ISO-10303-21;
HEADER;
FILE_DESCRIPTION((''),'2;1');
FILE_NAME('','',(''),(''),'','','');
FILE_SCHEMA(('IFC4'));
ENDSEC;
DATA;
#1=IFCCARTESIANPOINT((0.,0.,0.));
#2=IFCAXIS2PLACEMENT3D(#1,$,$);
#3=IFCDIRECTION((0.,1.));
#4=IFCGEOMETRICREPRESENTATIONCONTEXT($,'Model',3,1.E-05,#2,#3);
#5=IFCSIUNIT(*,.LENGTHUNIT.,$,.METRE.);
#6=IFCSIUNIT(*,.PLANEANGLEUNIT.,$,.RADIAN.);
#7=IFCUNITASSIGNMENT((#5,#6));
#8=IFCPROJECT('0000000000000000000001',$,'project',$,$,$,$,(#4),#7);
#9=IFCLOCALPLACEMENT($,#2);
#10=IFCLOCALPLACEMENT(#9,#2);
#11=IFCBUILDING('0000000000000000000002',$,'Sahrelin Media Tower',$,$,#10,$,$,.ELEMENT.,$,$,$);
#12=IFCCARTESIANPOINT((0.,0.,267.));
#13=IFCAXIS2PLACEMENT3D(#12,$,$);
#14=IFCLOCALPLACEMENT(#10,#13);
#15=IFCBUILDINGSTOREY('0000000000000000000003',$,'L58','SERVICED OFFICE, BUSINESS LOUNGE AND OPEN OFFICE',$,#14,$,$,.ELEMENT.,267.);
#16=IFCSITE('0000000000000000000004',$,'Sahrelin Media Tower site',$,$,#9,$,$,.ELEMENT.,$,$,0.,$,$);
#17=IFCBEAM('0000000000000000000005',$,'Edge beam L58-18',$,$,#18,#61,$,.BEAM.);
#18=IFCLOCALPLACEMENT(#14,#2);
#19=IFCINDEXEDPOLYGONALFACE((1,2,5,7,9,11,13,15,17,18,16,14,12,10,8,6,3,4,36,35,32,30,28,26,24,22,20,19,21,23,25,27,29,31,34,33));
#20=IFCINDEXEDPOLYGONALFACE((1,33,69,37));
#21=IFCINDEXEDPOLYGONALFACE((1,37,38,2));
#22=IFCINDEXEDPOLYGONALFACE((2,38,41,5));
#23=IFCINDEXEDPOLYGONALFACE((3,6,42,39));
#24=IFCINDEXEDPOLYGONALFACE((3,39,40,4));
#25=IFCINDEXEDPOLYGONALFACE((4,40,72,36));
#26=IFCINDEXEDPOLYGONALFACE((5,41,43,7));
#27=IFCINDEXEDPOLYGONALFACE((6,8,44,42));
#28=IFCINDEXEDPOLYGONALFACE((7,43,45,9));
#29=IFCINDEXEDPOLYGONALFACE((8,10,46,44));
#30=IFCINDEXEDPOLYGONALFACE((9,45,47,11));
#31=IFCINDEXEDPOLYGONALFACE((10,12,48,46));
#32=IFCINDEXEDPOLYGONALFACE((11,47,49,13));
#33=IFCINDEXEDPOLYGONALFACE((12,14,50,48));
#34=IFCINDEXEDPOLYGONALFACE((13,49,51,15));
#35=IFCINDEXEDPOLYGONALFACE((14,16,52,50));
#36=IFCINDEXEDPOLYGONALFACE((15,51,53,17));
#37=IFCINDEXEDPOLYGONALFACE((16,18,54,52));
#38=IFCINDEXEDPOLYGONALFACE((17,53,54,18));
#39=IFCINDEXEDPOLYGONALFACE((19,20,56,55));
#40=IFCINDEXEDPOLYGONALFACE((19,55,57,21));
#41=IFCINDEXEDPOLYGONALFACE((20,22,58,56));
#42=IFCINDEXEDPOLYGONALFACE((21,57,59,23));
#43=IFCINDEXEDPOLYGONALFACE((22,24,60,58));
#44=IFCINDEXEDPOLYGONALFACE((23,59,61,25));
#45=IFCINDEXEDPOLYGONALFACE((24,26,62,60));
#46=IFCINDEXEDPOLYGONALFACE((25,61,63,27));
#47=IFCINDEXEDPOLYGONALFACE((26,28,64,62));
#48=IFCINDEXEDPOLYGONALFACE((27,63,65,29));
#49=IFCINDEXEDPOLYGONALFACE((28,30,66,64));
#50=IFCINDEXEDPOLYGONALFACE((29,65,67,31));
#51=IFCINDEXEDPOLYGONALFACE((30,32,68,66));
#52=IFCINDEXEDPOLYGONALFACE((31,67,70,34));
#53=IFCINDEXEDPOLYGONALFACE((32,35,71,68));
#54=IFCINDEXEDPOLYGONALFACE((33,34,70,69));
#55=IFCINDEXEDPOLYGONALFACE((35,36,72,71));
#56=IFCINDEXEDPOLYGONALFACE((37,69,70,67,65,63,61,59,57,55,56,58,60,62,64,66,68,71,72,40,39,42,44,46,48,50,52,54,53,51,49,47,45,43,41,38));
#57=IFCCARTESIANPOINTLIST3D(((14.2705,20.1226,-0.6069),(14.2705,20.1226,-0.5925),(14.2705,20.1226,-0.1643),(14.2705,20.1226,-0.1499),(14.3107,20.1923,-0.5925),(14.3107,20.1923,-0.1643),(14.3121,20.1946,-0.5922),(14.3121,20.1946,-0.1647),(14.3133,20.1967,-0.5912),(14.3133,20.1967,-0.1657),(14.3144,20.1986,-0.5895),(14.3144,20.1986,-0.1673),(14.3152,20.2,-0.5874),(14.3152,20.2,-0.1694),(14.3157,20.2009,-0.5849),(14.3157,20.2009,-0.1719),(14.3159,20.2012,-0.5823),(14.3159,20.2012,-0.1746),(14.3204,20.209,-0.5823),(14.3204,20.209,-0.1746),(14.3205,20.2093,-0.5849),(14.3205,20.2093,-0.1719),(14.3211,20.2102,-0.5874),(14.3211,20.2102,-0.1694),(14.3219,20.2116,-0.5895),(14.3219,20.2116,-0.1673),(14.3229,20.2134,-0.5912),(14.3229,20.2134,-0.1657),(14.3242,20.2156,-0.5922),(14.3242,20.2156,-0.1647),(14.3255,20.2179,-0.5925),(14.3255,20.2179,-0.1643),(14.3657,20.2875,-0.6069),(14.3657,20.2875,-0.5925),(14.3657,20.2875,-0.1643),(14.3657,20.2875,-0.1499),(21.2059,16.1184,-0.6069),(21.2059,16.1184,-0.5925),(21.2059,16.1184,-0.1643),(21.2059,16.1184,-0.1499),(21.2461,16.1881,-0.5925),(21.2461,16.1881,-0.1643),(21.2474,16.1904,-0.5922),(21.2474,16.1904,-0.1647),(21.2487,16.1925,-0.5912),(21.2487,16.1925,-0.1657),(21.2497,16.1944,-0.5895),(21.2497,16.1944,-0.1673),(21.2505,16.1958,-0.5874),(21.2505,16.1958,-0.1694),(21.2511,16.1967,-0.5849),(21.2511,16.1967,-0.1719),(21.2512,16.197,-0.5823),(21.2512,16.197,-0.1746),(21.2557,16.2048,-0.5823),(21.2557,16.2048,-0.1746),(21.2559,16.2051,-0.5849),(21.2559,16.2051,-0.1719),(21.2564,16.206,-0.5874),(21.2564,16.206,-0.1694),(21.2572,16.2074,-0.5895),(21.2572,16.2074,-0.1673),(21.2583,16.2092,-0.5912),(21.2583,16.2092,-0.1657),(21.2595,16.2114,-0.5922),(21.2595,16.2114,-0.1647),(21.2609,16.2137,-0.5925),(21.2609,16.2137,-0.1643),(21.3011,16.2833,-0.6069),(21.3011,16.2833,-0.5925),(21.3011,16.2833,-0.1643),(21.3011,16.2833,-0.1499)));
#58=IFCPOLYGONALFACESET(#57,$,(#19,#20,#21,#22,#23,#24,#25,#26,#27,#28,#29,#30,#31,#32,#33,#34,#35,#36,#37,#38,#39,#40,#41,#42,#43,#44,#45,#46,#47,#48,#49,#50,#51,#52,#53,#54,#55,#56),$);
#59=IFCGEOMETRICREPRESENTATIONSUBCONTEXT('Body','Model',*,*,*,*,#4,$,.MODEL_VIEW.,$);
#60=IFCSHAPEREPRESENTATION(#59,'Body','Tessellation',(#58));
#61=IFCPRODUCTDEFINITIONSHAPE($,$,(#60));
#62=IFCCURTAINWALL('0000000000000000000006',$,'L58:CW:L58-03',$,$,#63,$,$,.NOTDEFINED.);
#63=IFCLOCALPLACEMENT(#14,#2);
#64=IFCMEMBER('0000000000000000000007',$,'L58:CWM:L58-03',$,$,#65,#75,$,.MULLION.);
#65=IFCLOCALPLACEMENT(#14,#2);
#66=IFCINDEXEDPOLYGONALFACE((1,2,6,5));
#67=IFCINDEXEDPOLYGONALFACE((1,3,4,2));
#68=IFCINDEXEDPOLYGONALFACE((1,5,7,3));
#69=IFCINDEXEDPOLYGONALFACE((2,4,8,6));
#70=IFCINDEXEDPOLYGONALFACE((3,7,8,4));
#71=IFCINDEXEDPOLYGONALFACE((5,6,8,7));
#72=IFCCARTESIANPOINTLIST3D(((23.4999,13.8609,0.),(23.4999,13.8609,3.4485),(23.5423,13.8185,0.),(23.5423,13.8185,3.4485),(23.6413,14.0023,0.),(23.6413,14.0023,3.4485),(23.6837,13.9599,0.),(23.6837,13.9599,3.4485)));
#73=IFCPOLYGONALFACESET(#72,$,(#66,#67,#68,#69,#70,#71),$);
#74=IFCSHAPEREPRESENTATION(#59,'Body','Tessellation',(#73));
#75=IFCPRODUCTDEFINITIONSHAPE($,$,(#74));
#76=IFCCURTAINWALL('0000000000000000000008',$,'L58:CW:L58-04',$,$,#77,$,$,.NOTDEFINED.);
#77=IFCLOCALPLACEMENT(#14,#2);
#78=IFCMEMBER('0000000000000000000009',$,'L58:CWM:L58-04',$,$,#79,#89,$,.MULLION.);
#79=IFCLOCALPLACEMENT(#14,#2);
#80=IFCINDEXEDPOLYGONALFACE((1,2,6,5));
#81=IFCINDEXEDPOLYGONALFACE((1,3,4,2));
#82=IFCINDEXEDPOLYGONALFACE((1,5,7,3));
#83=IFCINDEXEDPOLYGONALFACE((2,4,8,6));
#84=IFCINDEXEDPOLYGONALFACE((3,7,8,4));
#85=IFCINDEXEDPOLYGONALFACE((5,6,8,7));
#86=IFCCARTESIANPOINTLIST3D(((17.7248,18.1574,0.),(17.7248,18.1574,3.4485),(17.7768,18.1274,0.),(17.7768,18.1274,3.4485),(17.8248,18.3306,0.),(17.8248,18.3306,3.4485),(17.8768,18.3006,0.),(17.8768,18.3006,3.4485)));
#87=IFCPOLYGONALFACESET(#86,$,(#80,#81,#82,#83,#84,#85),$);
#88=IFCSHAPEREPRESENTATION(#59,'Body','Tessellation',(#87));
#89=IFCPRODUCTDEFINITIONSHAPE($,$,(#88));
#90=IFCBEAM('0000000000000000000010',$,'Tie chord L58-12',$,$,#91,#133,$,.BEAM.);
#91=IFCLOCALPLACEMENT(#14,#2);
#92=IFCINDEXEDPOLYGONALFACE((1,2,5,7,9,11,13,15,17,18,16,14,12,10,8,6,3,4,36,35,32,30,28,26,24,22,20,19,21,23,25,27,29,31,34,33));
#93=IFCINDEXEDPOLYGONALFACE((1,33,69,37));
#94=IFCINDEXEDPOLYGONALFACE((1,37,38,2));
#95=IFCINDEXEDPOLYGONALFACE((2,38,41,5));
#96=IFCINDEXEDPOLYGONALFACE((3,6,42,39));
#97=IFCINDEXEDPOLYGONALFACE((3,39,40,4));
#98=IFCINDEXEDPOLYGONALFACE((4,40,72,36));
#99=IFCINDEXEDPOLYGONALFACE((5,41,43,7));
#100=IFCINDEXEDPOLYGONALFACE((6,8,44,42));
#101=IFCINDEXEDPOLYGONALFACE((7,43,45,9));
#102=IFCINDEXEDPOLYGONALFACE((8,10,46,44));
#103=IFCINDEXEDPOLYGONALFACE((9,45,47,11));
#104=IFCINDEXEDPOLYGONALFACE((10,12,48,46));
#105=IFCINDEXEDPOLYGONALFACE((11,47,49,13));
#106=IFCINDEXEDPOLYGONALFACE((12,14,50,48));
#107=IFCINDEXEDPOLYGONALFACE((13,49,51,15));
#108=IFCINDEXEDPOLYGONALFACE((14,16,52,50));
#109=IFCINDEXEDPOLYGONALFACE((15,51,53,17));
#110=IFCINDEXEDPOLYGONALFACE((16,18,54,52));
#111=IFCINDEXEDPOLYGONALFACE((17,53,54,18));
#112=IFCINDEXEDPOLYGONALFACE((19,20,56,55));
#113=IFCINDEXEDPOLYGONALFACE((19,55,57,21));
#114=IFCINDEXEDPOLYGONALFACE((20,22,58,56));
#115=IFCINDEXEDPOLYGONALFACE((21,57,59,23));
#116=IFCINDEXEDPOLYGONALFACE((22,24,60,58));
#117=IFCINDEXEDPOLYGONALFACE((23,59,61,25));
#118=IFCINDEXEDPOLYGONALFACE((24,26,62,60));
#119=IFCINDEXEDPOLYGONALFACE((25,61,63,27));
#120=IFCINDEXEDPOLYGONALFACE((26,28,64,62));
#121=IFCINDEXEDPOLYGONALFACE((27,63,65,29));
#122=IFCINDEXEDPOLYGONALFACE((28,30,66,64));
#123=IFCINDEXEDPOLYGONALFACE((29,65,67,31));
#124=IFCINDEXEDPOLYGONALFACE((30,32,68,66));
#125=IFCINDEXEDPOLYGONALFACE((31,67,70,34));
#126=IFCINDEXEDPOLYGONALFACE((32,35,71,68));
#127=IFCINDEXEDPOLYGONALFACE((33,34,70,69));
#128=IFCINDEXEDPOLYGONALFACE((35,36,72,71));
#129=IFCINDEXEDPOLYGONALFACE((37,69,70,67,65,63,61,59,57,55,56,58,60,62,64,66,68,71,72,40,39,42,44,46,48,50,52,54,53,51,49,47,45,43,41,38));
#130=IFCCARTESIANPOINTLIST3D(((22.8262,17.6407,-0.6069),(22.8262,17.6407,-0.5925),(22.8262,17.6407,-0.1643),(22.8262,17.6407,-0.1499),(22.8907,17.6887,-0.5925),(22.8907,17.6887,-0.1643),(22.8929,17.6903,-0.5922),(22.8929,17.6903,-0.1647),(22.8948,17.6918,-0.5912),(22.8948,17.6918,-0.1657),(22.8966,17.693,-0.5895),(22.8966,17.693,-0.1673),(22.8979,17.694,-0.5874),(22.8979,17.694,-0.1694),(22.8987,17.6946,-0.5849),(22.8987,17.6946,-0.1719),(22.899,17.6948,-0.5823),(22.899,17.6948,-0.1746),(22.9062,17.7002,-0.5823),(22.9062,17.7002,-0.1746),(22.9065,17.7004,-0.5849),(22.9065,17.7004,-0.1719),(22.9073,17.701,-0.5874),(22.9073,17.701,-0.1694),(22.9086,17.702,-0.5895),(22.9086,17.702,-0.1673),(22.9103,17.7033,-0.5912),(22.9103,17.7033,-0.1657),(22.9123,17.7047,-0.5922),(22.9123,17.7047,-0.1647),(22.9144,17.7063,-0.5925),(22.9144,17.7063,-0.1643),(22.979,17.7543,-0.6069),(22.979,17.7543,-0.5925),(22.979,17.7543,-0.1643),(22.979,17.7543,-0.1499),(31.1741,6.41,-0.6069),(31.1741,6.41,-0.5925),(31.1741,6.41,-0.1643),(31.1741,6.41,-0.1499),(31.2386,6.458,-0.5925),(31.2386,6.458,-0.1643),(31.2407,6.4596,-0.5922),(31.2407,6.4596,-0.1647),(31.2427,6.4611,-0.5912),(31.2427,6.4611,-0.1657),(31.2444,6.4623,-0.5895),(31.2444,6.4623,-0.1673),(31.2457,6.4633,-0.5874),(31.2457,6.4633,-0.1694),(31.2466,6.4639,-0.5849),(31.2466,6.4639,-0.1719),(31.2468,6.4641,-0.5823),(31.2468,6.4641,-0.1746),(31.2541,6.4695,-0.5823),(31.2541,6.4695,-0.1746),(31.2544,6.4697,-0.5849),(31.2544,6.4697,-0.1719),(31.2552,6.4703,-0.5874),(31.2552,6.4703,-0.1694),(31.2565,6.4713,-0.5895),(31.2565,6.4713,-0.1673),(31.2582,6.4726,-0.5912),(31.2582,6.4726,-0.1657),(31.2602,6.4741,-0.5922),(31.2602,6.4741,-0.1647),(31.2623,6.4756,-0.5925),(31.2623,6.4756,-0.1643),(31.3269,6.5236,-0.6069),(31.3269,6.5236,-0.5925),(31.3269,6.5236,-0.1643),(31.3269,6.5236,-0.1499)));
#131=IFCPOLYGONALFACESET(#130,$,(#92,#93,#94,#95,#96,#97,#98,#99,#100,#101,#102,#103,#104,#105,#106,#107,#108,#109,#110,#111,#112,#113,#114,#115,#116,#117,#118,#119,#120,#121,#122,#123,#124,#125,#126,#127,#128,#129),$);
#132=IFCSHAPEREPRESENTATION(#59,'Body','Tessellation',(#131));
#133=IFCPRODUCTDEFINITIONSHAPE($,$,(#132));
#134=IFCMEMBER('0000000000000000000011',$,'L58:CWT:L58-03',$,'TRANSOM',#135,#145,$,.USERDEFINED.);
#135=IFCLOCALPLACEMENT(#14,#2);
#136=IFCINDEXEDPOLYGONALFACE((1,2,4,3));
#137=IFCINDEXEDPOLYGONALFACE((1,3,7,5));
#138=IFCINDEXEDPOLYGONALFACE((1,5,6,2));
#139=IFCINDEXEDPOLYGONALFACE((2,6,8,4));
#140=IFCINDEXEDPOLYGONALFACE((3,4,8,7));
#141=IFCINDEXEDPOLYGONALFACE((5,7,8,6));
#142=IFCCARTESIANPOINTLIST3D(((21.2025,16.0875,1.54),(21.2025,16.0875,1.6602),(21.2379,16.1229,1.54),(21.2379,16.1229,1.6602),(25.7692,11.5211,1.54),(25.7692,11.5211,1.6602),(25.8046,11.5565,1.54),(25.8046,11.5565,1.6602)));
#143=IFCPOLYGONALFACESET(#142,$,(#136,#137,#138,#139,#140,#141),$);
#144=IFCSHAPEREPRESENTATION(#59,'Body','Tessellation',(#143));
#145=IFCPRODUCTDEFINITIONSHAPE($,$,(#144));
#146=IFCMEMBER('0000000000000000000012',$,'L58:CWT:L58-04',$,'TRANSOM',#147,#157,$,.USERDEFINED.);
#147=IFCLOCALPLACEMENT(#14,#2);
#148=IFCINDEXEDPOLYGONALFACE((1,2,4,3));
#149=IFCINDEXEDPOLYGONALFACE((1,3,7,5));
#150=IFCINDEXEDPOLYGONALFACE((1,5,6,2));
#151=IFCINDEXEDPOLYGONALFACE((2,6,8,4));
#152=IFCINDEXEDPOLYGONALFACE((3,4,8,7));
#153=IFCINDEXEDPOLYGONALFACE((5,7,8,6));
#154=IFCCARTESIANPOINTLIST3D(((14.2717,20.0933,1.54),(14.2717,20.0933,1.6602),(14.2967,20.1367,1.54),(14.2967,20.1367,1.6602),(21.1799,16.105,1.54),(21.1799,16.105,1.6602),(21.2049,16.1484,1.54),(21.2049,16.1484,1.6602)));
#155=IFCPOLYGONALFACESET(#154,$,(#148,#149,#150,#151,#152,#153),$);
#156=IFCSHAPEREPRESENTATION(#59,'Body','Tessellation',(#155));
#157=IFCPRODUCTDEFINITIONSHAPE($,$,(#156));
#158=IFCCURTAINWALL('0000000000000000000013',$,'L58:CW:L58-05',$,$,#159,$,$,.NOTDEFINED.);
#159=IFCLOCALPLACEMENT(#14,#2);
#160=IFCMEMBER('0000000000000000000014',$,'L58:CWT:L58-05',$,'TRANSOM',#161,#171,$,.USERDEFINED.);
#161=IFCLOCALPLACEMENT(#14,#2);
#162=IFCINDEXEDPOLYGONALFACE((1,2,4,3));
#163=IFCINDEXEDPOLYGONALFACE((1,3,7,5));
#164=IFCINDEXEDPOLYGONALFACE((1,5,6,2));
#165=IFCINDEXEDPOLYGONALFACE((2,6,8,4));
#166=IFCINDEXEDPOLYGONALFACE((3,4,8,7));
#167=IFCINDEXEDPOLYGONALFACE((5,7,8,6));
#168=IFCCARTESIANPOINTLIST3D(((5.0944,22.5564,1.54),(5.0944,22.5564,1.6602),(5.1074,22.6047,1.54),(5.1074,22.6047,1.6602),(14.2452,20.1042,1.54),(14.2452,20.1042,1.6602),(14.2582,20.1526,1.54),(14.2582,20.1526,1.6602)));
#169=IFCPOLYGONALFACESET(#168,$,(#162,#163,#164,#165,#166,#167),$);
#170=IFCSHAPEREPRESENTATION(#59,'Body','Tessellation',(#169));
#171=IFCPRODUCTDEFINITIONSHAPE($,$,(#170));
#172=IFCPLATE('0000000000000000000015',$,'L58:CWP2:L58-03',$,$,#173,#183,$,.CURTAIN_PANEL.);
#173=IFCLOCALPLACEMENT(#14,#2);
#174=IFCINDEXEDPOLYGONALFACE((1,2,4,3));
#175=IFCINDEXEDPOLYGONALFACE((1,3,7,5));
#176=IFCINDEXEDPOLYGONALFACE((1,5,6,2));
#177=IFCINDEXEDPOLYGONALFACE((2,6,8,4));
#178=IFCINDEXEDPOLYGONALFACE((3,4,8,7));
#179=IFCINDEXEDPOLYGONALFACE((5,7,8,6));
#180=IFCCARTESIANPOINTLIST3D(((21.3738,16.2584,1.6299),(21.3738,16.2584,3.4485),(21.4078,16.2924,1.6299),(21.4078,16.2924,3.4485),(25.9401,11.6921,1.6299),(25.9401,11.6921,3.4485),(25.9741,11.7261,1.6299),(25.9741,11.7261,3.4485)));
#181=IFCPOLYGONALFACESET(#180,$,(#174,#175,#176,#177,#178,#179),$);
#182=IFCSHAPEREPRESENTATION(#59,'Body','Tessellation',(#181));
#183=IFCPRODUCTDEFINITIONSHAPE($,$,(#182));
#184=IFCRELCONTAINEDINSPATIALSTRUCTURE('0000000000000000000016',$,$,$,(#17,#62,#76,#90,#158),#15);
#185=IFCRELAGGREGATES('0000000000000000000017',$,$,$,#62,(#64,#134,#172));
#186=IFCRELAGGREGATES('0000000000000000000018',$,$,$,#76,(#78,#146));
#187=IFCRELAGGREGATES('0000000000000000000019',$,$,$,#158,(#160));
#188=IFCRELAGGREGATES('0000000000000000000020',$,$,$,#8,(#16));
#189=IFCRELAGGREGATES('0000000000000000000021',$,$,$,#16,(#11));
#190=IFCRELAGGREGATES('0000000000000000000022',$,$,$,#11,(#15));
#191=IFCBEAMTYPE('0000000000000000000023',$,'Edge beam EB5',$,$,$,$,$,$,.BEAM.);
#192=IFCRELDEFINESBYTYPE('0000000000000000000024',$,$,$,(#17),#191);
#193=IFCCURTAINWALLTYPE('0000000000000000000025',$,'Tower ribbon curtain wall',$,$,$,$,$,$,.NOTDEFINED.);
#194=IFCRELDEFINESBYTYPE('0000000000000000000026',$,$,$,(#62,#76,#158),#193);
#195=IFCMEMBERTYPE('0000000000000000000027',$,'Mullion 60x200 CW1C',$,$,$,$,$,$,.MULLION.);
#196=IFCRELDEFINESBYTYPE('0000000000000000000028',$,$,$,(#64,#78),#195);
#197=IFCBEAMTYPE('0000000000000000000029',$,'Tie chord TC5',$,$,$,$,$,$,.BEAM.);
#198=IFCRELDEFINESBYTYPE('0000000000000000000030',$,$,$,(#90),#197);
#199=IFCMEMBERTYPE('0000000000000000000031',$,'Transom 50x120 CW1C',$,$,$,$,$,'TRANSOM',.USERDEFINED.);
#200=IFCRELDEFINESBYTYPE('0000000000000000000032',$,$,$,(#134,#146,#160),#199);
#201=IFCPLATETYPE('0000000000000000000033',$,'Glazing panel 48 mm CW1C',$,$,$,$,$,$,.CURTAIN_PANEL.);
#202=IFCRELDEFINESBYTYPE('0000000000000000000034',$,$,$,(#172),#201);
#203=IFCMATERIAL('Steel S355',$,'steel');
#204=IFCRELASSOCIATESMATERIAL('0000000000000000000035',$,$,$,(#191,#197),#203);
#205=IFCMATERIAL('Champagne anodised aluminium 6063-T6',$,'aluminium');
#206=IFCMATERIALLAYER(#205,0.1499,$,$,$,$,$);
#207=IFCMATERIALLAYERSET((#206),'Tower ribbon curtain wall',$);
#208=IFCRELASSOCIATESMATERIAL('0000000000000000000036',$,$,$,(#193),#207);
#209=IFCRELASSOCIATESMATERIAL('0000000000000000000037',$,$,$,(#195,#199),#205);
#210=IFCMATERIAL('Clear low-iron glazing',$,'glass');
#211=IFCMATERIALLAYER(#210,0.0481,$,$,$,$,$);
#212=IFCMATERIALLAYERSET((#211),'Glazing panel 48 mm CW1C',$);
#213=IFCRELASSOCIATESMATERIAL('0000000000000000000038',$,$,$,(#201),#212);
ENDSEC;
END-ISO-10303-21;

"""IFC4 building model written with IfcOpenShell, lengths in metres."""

from ifc_helpers import new_model, si_unit, direction, frame, origin, origin_2d, place, context, subcontext, project, spatial, polyline, rectangle, i_section, outline, extrude, material, layer, layer_set, material_profile, profile_set, type_object, element, aggregate, save


model = new_model("IFC4")

# Units and contexts
model_context = context("Model", 3, precision=1e-05, world=origin(), true_north=direction((0.0, 1.0)))
body_context = subcontext(model_context, "Body", "Model", "MODEL_VIEW")
ifc_project = project(units=[si_unit("LENGTHUNIT", "METRE"), si_unit("PLANEANGLEUNIT", "RADIAN")], contexts=[model_context])

# Site, building, storey
site_placement = place(None, origin())
site = spatial("IfcSite", under=ifc_project, at=site_placement, Name="Sahrelin Media Tower site", CompositionType="ELEMENT", RefElevation=0.0)
building_placement = place(site_placement, origin())
building = spatial("IfcBuilding", under=site, at=building_placement, Name="Sahrelin Media Tower", CompositionType="ELEMENT")
storey_placement = place(building_placement, frame((0.0, 0.0, 267.0)))
storey = spatial("IfcBuildingStorey", under=building, at=storey_placement, Name="L58", Description="SERVICED OFFICE, BUSINESS LOUNGE AND OPEN OFFICE", CompositionType="ELEMENT", Elevation=267.0)

# Beam
ifc_material_1 = material(Name="Steel S355", Category="steel")
ifc_material_profile_1 = material_profile(ifc_material_1, i_section(OverallWidth=0.1904, OverallDepth=0.457, WebThickness=0.009, FlangeThickness=0.0144, FilletRadius=0.0103, at=origin_2d()), Name="UB 457x191x74")
ifc_profile_set_1 = profile_set([ifc_material_profile_1], Name="Steel S355")
beam_type_1 = type_object("IfcBeamType", Name="Edge beam EB5", PredefinedType="BEAM", material=ifc_profile_set_1)
beam_1_placement = place(storey_placement, frame((14.3181, 20.2051, -0.3784), z_axis=(0.866023, -0.500005, 0.0), x_axis=(0.500005, 0.866023, 0.0)))
element("IfcBeam", 1, at=beam_1_placement, inside=storey, type_object=beam_type_1, Name="Edge beam L58-18", PredefinedType="BEAM", context=body_context, shape_type="SweptSolid", body=[
    extrude(i_section(OverallWidth=0.1904, OverallDepth=0.457, WebThickness=0.009, FlangeThickness=0.0144, FilletRadius=0.0103, at=origin_2d()), origin(), (0.0, 0.0, 1.0), 8.0083),
])

# Curtain walls, members
ifc_material_2 = material(Name="Champagne anodised aluminium 6063-T6", Category="aluminium")
ifc_layer_1 = layer(ifc_material_2, 0.1499)
ifc_layer_set_1 = layer_set([ifc_layer_1], Name="Tower ribbon curtain wall")
curtain_wall_type = type_object("IfcCurtainWallType", Name="Tower ribbon curtain wall", PredefinedType="NOTDEFINED", material=ifc_layer_set_1)
curtain_wall_1_placement = place(storey_placement, frame((23.6768, 13.9951, 0.0), z_axis=(0.0, 0.0, 1.0), x_axis=(1.0, 0.0, 0.0)))
curtain_wall_1 = element("IfcCurtainWall", 2, at=curtain_wall_1_placement, inside=storey, type_object=curtain_wall_type, Name="L58:CW:L58-03", PredefinedType="NOTDEFINED")
ifc_material_profile_2 = material_profile(ifc_material_2, rectangle(XDim=0.0601, YDim=0.2, at=origin_2d()), Name="Mullion 60x200")
ifc_profile_set_2 = profile_set([ifc_material_profile_2], Name="Champagne anodised aluminium 6063-T6")
member_type_1 = type_object("IfcMemberType", Name="Mullion 60x200 CW1C", PredefinedType="MULLION", material=ifc_profile_set_2)
member_1_placement = place(storey_placement, frame((23.5918, 13.9104, 0.0), z_axis=(0.0, 0.0, 1.0), x_axis=(-0.707107, 0.707107, 0.0)))
member_1 = element("IfcMember", 3, at=member_1_placement, type_object=member_type_1, Name="L58:CWM:L58-03", PredefinedType="MULLION", context=body_context, shape_type="SweptSolid", body=[
    extrude(rectangle(XDim=0.0601, YDim=0.2, at=origin_2d()), origin(), (0.0, 0.0, 1.0), 3.4485),
])
curtain_wall_2_placement = place(storey_placement, frame((17.8608, 18.333, 0.0), z_axis=(0.0, 0.0, 1.0), x_axis=(1.0, 0.0, 0.0)))
curtain_wall_2 = element("IfcCurtainWall", 4, at=curtain_wall_2_placement, inside=storey, type_object=curtain_wall_type, Name="L58:CW:L58-04", PredefinedType="NOTDEFINED")
member_2_placement = place(storey_placement, frame((17.8008, 18.229, 0.0), z_axis=(0.0, 0.0, 1.0), x_axis=(-0.866025, 0.5, 0.0)))
member_2 = element("IfcMember", 5, at=member_2_placement, type_object=member_type_1, Name="L58:CWM:L58-04", PredefinedType="MULLION", context=body_context, shape_type="SweptSolid", body=[
    extrude(rectangle(XDim=0.0601, YDim=0.2, at=origin_2d()), origin(), (0.0, 0.0, 1.0), 3.4485),
])

# Beam
ifc_material_profile_3 = material_profile(ifc_material_1, i_section(OverallWidth=0.1904, OverallDepth=0.457, WebThickness=0.009, FlangeThickness=0.0144, FilletRadius=0.0103, at=origin_2d()), Name="UB 457x191x74")
ifc_profile_set_3 = profile_set([ifc_material_profile_3], Name="Steel S355")
beam_type_2 = type_object("IfcBeamType", Name="Tie chord TC5", PredefinedType="BEAM", material=ifc_profile_set_3)
beam_2_placement = place(storey_placement, frame((22.9026, 17.6975, -0.3784), z_axis=(0.596558, -0.80257, 0.0), x_axis=(0.80257, 0.596558, 0.0)))
element("IfcBeam", 6, at=beam_2_placement, inside=storey, type_object=beam_type_2, Name="Tie chord L58-12", PredefinedType="BEAM", context=body_context, shape_type="SweptSolid", body=[
    extrude(i_section(OverallWidth=0.1904, OverallDepth=0.457, WebThickness=0.009, FlangeThickness=0.0144, FilletRadius=0.0103, at=origin_2d()), origin(), (0.0, 0.0, 1.0), 13.9934),
])

# Members
ifc_material_profile_4 = material_profile(ifc_material_2, rectangle(XDim=0.05, YDim=0.1201, at=origin_2d()), Name="Transom 50x120")
ifc_profile_set_4 = profile_set([ifc_material_profile_4], Name="Champagne anodised aluminium 6063-T6")
member_type_2 = type_object("IfcMemberType", Name="Transom 50x120 CW1C", ElementType="TRANSOM", PredefinedType="USERDEFINED", material=ifc_profile_set_4)
member_3_placement = place(storey_placement, frame((25.7869, 11.5388, 1.6001), z_axis=(-0.707126, 0.707088, 0.0), x_axis=(-0.707088, -0.707126, 0.0)))
member_3 = element("IfcMember", 7, at=member_3_placement, type_object=member_type_2, Name="L58:CWT:L58-03", ObjectType="TRANSOM", PredefinedType="USERDEFINED", context=body_context, shape_type="SweptSolid", body=[
    extrude(rectangle(XDim=0.05, YDim=0.1201, at=origin_2d()), origin(), (0.0, 0.0, 1.0), 6.458),
])
member_4_placement = place(storey_placement, frame((21.1924, 16.1267, 1.6001), z_axis=(-0.866035, 0.499984, 0.0), x_axis=(-0.499984, -0.866035, 0.0)))
member_4 = element("IfcMember", 8, at=member_4_placement, type_object=member_type_2, Name="L58:CWT:L58-04", ObjectType="TRANSOM", PredefinedType="USERDEFINED", context=body_context, shape_type="SweptSolid", body=[
    extrude(rectangle(XDim=0.05, YDim=0.1201, at=origin_2d()), origin(), (0.0, 0.0, 1.0), 7.9768),
])

# Curtain wall, member
curtain_wall_3_placement = place(storey_placement, frame((9.7397, 21.5913, 0.0), z_axis=(0.0, 0.0, 1.0), x_axis=(1.0, 0.0, 0.0)))
curtain_wall_3 = element("IfcCurtainWall", 9, at=curtain_wall_3_placement, inside=storey, type_object=curtain_wall_type, Name="L58:CW:L58-05", PredefinedType="NOTDEFINED")
member_5_placement = place(storey_placement, frame((14.2517, 20.1284, 1.6001), z_axis=(-0.965921, 0.258837, 0.0), x_axis=(-0.258837, -0.965921, 0.0)))
member_5 = element("IfcMember", 10, at=member_5_placement, type_object=member_type_2, Name="L58:CWT:L58-05", ObjectType="TRANSOM", PredefinedType="USERDEFINED", context=body_context, shape_type="SweptSolid", body=[
    extrude(rectangle(XDim=0.05, YDim=0.1201, at=origin_2d()), origin(), (0.0, 0.0, 1.0), 9.4736),
])

# Plate
ifc_material_3 = material(Name="Clear low-iron glazing", Category="glass")
ifc_layer_2 = layer(ifc_material_3, 0.0481)
ifc_layer_set_2 = layer_set([ifc_layer_2], Name="Glazing panel 48 mm CW1C")
plate_type_1 = type_object("IfcPlateType", Name="Glazing panel 48 mm CW1C", PredefinedType="CURTAIN_PANEL", material=ifc_layer_set_2)
plate_1_placement = place(storey_placement, frame((25.9741, 11.7261, 1.6299), z_axis=(0.707107, 0.707107, 0.0), x_axis=(-0.707107, 0.707107, 0.0)))
plate_1 = element("IfcPlate", 11, at=plate_1_placement, type_object=plate_type_1, Name="L58:CWP2:L58-03", PredefinedType="CURTAIN_PANEL", context=body_context, shape_type="SweptSolid", body=[
    extrude(outline(polyline([(0.0, 0.0), (6.4578, 0.0), (6.4578, 1.8186), (0.0, 1.8186), (0.0, 0.0)])), origin(), (0.0, 0.0, -1.0), 0.0481),
])
aggregate(curtain_wall_1, [member_1, member_3, plate_1])
aggregate(curtain_wall_2, [member_2, member_4])
aggregate(curtain_wall_3, [member_5])

save(model, "model.ifc")
